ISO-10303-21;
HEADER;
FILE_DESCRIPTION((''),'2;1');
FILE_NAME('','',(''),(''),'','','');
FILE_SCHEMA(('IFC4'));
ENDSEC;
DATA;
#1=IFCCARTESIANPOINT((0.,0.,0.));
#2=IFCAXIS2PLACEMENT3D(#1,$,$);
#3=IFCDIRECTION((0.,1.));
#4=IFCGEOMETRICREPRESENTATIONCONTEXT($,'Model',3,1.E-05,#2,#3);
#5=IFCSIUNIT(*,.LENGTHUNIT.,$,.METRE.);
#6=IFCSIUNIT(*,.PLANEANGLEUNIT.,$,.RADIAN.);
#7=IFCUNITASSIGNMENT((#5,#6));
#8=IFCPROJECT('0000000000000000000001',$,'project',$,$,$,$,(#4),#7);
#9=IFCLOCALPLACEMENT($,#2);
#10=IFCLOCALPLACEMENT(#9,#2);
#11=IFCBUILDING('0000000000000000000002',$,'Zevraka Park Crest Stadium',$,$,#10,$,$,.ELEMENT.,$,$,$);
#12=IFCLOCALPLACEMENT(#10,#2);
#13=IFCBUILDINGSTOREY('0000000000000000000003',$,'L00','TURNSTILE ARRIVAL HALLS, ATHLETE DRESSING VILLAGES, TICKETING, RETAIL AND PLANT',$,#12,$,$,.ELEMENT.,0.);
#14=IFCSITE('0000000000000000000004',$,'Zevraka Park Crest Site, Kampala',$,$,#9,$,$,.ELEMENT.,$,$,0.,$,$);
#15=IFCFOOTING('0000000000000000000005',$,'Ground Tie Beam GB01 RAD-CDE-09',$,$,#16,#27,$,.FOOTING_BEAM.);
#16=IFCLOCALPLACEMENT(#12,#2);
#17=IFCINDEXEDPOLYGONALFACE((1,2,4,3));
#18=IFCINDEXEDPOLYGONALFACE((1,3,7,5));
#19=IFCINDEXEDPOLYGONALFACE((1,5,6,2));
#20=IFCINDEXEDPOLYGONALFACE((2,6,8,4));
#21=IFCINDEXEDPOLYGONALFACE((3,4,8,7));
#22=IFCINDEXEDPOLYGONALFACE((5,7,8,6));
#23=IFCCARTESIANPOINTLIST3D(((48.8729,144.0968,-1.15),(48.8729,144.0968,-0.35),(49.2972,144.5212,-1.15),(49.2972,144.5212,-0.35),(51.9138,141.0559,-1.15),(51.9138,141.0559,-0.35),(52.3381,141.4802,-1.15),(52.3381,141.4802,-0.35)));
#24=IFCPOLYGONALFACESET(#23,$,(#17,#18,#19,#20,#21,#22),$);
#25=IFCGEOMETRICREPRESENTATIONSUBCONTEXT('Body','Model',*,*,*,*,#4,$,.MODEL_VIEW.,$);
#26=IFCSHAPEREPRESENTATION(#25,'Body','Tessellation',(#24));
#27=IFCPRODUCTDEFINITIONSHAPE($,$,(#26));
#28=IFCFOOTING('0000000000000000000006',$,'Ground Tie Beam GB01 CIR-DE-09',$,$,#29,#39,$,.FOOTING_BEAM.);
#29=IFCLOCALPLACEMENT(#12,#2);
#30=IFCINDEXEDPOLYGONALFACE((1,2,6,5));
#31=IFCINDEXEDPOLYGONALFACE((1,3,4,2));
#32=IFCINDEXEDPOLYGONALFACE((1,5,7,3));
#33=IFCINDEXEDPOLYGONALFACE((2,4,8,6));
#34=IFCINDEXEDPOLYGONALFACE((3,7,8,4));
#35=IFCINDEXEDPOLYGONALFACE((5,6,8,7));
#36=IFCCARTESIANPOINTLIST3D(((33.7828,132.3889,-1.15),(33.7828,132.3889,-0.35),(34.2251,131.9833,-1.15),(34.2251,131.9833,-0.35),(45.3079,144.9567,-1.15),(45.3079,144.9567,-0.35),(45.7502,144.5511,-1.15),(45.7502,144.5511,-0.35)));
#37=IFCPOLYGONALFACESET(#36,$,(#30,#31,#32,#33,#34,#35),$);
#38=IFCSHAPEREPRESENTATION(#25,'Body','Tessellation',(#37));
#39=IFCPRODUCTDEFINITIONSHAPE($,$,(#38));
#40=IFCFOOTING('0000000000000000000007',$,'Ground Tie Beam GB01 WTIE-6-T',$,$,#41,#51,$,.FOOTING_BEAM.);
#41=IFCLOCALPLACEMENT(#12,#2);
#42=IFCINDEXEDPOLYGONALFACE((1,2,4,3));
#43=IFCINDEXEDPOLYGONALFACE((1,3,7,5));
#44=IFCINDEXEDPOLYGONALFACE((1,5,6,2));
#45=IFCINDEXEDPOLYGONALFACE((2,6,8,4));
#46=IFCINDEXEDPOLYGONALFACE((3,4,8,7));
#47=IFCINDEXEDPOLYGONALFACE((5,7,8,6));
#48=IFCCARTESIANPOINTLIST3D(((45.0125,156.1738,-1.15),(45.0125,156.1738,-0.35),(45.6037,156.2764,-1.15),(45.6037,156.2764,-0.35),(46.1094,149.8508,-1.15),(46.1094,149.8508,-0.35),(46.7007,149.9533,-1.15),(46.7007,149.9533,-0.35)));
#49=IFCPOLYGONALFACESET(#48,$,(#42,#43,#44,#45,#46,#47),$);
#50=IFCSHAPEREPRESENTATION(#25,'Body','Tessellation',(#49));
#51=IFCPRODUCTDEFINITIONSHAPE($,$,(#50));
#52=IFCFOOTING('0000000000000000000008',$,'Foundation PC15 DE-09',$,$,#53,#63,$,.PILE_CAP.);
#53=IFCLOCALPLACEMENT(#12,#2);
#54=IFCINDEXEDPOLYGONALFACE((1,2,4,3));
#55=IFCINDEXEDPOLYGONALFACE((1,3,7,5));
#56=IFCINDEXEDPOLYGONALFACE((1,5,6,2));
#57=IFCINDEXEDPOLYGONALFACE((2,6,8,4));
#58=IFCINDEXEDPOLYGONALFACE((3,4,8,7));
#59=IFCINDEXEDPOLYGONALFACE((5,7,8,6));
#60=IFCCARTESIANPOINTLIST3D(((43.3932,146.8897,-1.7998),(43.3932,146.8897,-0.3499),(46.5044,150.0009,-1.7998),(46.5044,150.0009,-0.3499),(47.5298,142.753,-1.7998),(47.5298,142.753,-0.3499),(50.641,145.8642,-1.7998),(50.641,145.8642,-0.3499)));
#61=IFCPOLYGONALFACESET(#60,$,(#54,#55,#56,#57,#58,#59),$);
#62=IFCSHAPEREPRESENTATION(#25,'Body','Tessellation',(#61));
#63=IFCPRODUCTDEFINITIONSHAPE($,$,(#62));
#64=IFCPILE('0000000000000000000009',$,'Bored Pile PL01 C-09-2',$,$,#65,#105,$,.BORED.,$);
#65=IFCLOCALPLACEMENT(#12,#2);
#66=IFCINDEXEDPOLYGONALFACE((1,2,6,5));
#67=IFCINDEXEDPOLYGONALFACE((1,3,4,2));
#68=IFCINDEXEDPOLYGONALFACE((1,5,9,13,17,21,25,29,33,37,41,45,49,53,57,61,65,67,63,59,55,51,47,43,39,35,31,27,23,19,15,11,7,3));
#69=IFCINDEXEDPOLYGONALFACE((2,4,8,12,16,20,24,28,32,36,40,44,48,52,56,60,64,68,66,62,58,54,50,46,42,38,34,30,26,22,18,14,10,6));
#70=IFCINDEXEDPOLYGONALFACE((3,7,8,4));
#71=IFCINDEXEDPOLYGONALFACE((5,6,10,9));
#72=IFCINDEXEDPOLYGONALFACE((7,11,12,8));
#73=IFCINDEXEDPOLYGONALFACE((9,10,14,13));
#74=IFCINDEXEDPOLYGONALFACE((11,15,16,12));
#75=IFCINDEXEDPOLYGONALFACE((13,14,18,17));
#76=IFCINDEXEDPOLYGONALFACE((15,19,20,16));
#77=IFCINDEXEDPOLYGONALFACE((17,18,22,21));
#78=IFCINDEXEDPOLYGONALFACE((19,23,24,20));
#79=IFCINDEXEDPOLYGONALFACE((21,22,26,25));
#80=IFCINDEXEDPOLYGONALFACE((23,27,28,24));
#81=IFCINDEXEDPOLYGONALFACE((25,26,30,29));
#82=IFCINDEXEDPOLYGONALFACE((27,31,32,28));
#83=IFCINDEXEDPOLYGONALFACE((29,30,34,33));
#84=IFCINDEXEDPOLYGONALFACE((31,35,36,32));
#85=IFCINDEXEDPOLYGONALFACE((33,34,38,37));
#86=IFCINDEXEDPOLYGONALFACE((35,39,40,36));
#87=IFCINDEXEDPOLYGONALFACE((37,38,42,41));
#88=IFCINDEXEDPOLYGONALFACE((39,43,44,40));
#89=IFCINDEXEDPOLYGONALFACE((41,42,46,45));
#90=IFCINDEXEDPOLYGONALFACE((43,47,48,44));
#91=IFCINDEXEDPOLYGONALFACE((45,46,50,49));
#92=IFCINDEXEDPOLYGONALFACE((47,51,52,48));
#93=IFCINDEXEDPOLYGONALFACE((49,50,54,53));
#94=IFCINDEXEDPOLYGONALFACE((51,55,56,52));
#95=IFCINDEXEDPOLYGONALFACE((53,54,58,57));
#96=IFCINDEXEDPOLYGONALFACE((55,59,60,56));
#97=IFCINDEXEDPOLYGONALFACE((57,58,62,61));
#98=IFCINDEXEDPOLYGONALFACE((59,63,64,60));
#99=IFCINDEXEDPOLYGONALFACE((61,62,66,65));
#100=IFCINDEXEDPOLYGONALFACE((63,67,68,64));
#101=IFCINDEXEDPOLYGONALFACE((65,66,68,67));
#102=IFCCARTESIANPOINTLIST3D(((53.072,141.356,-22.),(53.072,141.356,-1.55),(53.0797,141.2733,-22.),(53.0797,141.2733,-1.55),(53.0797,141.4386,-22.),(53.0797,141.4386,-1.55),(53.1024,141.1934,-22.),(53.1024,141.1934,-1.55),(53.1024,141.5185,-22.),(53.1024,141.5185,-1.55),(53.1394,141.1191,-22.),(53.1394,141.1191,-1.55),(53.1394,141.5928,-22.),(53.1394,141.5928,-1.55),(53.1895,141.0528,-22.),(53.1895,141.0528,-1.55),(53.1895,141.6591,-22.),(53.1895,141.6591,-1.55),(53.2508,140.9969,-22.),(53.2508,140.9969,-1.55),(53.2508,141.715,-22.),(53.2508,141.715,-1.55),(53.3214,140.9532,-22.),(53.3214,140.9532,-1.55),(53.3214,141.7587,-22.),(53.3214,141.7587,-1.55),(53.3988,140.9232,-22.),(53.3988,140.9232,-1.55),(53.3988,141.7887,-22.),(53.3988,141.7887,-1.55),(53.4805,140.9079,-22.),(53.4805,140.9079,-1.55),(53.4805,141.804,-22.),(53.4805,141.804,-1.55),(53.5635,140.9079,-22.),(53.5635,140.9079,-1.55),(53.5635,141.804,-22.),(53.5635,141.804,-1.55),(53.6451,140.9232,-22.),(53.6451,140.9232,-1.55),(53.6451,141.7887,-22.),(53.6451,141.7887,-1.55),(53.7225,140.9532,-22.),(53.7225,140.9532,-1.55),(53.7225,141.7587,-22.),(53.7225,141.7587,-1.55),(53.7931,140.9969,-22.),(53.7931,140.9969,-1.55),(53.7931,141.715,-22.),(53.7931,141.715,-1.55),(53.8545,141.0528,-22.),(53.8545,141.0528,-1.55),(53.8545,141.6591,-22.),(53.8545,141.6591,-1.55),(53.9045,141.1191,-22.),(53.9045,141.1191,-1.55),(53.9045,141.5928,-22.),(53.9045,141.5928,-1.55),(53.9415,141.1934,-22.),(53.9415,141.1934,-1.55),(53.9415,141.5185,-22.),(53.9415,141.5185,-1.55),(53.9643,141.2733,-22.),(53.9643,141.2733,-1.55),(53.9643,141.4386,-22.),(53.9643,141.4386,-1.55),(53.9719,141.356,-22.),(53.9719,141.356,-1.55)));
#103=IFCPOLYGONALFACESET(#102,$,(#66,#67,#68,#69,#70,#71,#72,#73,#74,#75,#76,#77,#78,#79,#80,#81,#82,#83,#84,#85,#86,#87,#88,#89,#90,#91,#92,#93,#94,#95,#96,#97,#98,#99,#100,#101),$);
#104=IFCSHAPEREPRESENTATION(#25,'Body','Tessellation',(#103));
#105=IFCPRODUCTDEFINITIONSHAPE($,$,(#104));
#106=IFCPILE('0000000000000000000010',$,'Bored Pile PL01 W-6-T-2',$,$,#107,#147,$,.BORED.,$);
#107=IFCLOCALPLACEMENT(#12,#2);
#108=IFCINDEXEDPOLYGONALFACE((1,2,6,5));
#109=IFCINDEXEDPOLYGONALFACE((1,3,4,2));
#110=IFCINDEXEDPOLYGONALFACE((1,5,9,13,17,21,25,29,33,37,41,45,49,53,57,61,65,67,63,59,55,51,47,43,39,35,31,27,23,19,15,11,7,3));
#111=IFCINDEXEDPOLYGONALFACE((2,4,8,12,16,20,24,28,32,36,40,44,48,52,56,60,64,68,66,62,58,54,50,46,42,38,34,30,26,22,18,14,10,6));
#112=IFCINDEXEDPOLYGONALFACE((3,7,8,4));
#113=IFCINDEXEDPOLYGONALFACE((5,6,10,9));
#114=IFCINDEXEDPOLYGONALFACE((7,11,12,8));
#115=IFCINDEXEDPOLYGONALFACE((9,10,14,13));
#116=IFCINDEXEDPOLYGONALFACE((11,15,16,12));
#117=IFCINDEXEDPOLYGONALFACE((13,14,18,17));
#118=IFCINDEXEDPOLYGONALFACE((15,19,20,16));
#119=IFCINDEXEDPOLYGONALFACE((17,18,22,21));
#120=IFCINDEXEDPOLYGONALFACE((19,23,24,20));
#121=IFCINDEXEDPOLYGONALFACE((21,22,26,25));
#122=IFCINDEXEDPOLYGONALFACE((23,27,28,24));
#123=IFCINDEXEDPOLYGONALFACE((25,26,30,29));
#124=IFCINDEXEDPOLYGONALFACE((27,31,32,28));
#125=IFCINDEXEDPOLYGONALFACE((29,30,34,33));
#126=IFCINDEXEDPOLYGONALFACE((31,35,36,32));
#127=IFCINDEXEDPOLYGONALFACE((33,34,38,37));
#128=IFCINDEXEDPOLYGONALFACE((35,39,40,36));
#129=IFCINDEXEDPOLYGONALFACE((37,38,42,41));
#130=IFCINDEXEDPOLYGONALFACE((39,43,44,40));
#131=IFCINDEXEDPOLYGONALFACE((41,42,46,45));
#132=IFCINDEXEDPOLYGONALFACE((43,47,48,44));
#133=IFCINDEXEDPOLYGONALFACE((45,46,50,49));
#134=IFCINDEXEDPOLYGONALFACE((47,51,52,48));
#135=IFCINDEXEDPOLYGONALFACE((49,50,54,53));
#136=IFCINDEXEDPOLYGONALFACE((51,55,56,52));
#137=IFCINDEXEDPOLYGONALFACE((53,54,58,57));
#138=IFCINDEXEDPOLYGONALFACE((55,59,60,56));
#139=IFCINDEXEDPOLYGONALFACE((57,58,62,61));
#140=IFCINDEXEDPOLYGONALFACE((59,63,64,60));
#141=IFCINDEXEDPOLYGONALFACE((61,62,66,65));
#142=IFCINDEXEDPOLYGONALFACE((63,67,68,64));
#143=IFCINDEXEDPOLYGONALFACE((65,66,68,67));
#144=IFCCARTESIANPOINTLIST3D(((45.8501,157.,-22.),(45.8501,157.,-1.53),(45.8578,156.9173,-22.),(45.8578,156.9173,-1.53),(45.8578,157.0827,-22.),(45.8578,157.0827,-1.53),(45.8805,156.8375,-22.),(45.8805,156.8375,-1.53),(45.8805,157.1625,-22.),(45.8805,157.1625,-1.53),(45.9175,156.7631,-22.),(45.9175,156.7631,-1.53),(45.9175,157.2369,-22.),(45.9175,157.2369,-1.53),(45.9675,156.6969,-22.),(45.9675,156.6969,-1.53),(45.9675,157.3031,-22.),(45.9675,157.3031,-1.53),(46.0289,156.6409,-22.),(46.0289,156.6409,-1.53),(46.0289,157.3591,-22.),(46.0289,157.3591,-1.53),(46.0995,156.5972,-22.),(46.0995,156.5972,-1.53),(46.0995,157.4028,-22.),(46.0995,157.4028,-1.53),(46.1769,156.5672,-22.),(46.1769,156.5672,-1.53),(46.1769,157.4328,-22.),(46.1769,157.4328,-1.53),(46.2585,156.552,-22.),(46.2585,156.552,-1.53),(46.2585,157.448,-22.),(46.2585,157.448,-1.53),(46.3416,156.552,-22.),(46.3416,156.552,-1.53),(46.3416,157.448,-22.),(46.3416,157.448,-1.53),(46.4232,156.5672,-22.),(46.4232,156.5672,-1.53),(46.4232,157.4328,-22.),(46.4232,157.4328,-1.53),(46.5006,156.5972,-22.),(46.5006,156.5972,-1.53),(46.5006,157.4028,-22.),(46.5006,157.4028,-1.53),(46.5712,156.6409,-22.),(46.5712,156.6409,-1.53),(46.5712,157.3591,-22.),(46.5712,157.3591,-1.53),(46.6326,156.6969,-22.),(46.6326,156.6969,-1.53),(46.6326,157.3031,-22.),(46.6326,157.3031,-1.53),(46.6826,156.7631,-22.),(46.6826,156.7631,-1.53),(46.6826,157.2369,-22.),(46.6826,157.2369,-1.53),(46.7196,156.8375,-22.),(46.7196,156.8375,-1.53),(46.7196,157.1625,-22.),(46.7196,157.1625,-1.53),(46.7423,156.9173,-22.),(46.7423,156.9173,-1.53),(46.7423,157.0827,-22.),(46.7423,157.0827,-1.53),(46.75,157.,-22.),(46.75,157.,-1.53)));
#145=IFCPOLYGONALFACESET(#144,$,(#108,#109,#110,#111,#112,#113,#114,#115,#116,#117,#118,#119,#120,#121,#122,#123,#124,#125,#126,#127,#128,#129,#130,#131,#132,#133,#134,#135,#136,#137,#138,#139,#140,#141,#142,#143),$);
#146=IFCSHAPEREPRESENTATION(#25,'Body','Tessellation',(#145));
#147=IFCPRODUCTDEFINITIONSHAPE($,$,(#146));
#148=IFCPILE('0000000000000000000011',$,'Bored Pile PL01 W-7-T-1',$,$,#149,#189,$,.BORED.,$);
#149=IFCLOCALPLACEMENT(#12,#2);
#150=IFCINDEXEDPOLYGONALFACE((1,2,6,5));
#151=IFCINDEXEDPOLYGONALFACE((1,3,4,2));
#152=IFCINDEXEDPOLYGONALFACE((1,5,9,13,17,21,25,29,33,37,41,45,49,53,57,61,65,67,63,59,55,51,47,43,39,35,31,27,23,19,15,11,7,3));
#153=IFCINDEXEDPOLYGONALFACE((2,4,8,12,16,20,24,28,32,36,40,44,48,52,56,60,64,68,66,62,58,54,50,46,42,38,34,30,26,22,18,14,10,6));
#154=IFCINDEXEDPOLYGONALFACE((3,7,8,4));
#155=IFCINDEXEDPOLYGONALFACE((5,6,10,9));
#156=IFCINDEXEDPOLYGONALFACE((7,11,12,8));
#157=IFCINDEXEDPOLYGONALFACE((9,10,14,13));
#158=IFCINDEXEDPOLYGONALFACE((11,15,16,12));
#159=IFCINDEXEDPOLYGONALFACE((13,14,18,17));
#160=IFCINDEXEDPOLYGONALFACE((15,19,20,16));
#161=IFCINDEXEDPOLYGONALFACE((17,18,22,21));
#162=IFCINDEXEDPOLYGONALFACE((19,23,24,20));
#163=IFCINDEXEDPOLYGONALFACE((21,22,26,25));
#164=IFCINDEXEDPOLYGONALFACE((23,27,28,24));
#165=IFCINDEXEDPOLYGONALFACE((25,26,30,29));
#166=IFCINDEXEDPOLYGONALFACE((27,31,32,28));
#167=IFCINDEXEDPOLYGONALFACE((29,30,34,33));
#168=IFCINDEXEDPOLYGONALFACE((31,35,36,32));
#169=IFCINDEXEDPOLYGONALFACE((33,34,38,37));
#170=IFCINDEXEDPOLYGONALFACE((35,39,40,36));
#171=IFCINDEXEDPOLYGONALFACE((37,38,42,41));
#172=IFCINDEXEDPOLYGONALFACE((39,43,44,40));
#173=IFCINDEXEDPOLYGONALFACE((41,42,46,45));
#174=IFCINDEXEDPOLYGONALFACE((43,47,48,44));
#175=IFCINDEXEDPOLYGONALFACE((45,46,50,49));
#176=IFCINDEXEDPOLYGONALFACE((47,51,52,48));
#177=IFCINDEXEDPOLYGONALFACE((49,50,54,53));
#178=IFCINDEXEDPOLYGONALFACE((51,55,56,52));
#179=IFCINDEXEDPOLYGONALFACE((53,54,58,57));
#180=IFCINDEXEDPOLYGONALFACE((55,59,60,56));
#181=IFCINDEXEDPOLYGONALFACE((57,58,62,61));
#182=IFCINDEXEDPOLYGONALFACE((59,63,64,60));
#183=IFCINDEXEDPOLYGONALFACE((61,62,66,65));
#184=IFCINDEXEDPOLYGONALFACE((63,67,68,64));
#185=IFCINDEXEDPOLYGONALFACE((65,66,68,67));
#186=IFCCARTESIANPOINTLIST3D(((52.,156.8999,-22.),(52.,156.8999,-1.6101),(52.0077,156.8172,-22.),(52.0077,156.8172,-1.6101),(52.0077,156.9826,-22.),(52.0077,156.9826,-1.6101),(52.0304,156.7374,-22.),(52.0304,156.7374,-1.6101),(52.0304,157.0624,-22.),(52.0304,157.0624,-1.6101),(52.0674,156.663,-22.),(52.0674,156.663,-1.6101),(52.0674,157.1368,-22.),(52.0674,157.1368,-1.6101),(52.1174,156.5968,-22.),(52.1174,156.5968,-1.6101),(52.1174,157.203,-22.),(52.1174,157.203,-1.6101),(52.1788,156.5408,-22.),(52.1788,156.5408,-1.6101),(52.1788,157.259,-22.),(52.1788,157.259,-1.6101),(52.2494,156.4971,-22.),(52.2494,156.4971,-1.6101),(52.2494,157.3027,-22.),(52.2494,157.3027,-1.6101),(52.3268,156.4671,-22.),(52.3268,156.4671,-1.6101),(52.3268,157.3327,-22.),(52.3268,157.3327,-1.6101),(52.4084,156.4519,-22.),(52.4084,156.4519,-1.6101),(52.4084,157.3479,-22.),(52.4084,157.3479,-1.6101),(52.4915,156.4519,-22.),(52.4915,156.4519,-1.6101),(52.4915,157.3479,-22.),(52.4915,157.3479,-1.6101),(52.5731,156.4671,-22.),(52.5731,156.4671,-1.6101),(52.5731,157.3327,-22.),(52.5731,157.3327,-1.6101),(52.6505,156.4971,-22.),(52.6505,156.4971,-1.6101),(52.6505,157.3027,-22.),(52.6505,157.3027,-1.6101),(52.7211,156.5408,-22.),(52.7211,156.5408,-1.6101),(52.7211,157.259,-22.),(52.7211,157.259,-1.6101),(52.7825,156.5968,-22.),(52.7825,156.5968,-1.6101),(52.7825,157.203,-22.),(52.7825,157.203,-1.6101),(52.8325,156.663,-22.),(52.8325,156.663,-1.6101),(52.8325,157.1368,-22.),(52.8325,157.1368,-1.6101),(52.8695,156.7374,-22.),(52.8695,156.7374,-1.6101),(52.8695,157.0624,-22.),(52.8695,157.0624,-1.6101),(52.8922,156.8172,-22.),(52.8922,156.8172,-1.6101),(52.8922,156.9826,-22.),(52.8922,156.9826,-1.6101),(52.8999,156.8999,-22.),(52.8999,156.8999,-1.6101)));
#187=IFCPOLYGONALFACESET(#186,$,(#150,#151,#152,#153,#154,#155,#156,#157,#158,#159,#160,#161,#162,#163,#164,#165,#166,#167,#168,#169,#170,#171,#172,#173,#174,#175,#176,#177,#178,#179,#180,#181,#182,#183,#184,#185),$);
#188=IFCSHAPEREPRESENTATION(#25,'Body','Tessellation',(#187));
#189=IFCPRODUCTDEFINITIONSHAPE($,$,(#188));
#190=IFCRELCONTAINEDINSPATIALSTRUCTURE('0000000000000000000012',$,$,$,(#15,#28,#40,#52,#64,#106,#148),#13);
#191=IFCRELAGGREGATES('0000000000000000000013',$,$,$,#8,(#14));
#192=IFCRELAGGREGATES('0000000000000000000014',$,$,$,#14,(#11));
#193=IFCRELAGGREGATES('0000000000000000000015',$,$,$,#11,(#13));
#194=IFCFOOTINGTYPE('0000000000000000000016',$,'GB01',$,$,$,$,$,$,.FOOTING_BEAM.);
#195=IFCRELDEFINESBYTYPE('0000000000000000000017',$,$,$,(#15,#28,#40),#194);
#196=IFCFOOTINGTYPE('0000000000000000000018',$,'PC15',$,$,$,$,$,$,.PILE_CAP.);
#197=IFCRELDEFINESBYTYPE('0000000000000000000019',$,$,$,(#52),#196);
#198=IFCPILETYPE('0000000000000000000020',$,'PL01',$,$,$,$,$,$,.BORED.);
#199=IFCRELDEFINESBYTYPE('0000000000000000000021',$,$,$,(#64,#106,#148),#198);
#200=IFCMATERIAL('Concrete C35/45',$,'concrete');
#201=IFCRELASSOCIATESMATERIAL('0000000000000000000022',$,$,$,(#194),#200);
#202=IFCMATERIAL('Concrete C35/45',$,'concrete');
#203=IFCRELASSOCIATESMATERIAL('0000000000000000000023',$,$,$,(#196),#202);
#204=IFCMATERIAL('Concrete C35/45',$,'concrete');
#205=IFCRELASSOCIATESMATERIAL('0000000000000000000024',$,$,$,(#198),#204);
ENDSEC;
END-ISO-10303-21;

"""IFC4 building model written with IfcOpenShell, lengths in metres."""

from ifc_helpers import new_model, si_unit, direction, frame, origin, origin_2d, place, context, subcontext, project, spatial, rectangle, circle, extrude, material, material_profile, profile_set, type_object, element, save


model = new_model("IFC4")

# Units and contexts
model_context = context("Model", 3, precision=1e-05, world=origin(), true_north=direction((0.0, 1.0)))
body_context = subcontext(model_context, "Body", "Model", "MODEL_VIEW")
ifc_project = project(units=[si_unit("LENGTHUNIT", "METRE"), si_unit("PLANEANGLEUNIT", "RADIAN")], contexts=[model_context])

# Site, building, storey
site_placement = place(None, origin())
site = spatial("IfcSite", under=ifc_project, at=site_placement, Name="Zevraka Park Crest Site, Kampala", CompositionType="ELEMENT", RefElevation=0.0)
building_placement = place(site_placement, origin())
building = spatial("IfcBuilding", under=site, at=building_placement, Name="Zevraka Park Crest Stadium", CompositionType="ELEMENT")
storey_placement = place(building_placement, origin())
storey = spatial("IfcBuildingStorey", under=building, at=storey_placement, Name="L00", Description="TURNSTILE ARRIVAL HALLS, ATHLETE DRESSING VILLAGES, TICKETING, RETAIL AND PLANT", CompositionType="ELEMENT", Elevation=0.0)

# Footings
ifc_material_1 = material(Name="Concrete C35/45", Category="concrete")
ifc_material_profile_1 = material_profile(ifc_material_1, rectangle(XDim=0.6001, YDim=0.8, at=origin_2d()), Name="GB 800x600")
ifc_profile_set_1 = profile_set([ifc_material_profile_1], Name="Concrete C35/45")
footing_type_1 = type_object("IfcFootingType", Name="GB01", PredefinedType="FOOTING_BEAM", material=ifc_profile_set_1)
footing_1_placement = place(storey_placement, frame((52.126, 141.2681, -0.75), z_axis=(-0.707107, 0.707107, 0.0), x_axis=(-0.707107, -0.707107, 0.0)))
element("IfcFooting", 1, at=footing_1_placement, inside=storey, type_object=footing_type_1, Name="Ground Tie Beam GB01 RAD-CDE-09", PredefinedType="FOOTING_BEAM", context=body_context, shape_type="SweptSolid", body=[
    extrude(rectangle(XDim=0.6001, YDim=0.8, at=origin_2d()), origin(), (0.0, 0.0, 1.0), 4.3005),
])
footing_2_placement = place(storey_placement, frame((45.5291, 144.7539, -0.75), z_axis=(-0.675871, -0.73702, 0.0), x_axis=(0.73702, -0.675871, 0.0)))
element("IfcFooting", 2, at=footing_2_placement, inside=storey, type_object=footing_type_1, Name="Ground Tie Beam GB01 CIR-DE-09", PredefinedType="FOOTING_BEAM", context=body_context, shape_type="SweptSolid", body=[
    extrude(rectangle(XDim=0.6001, YDim=0.8, at=origin_2d()), origin(), (0.0, 0.0, 1.0), 17.0522),
])
footing_3_placement = place(storey_placement, frame((45.3081, 156.2251, -0.75), z_axis=(0.170929, -0.985283, 0.0), x_axis=(0.985283, 0.170929, 0.0)))
element("IfcFooting", 3, at=footing_3_placement, inside=storey, type_object=footing_type_1, Name="Ground Tie Beam GB01 WTIE-6-T", PredefinedType="FOOTING_BEAM", context=body_context, shape_type="SweptSolid", body=[
    extrude(rectangle(XDim=0.6001, YDim=0.8, at=origin_2d()), origin(), (0.0, 0.0, 1.0), 6.4175),
])
ifc_material_2 = material(Name="Concrete C35/45", Category="concrete")
footing_type_2 = type_object("IfcFootingType", Name="PC15", PredefinedType="PILE_CAP", material=ifc_material_2)
footing_4_placement = place(storey_placement, frame((47.0171, 146.377, -1.7998), z_axis=(0.0, 0.0, 1.0), x_axis=(-0.707107, 0.707107, 0.0)))
element("IfcFooting", 4, at=footing_4_placement, inside=storey, type_object=footing_type_2, Name="Foundation PC15 DE-09", PredefinedType="PILE_CAP", context=body_context, shape_type="SweptSolid", body=[
    extrude(rectangle(XDim=5.8501, YDim=4.3999, at=origin_2d()), origin(), (0.0, 0.0, 1.0), 1.45),
])

# Piles
ifc_material_3 = material(Name="Concrete C35/45", Category="concrete")
ifc_material_profile_2 = material_profile(ifc_material_3, circle(Radius=0.45, at=origin_2d()), Name="PILE D900")
ifc_profile_set_2 = profile_set([ifc_material_profile_2], Name="Concrete C35/45")
pile_type_1 = type_object("IfcPileType", Name="PL01", PredefinedType="BORED", material=ifc_profile_set_2)
pile_1_placement = place(storey_placement, frame((53.522, 141.356, -1.55), z_axis=(0.0, 0.0, -1.0), x_axis=(1.0, 0.0, 0.0)))
element("IfcPile", 5, at=pile_1_placement, inside=storey, type_object=pile_type_1, Name="Bored Pile PL01 C-09-2", PredefinedType="BORED", context=body_context, shape_type="SweptSolid", body=[
    extrude(circle(Radius=0.45, at=origin_2d()), origin(), (0.0, 0.0, 1.0), 20.45),
])
pile_2_placement = place(storey_placement, frame((46.3, 157.0, -1.53), z_axis=(0.0, 0.0, -1.0), x_axis=(1.0, 0.0, 0.0)))
element("IfcPile", 6, at=pile_2_placement, inside=storey, type_object=pile_type_1, Name="Bored Pile PL01 W-6-T-2", PredefinedType="BORED", context=body_context, shape_type="SweptSolid", body=[
    extrude(circle(Radius=0.45, at=origin_2d()), origin(), (0.0, 0.0, 1.0), 20.47),
])
for number, where, z_axis, x_axis, name in (
    (7, (52.45, 156.8999, -1.6101), (0.0, 0.0, -1.0), (1.0, 0.0, 0.0), "Bored Pile PL01 W-7-T-1"),
):
    element("IfcPile", number, at=place(storey_placement, frame(where, z_axis=z_axis, x_axis=x_axis)), inside=storey, type_object=pile_type_1, Name=name, PredefinedType="BORED", context=body_context, shape_type="SweptSolid", body=[
        extrude(circle(Radius=0.45, at=origin_2d()), origin(), (0.0, 0.0, 1.0), 20.3899),
    ])

save(model, "model.ifc")
